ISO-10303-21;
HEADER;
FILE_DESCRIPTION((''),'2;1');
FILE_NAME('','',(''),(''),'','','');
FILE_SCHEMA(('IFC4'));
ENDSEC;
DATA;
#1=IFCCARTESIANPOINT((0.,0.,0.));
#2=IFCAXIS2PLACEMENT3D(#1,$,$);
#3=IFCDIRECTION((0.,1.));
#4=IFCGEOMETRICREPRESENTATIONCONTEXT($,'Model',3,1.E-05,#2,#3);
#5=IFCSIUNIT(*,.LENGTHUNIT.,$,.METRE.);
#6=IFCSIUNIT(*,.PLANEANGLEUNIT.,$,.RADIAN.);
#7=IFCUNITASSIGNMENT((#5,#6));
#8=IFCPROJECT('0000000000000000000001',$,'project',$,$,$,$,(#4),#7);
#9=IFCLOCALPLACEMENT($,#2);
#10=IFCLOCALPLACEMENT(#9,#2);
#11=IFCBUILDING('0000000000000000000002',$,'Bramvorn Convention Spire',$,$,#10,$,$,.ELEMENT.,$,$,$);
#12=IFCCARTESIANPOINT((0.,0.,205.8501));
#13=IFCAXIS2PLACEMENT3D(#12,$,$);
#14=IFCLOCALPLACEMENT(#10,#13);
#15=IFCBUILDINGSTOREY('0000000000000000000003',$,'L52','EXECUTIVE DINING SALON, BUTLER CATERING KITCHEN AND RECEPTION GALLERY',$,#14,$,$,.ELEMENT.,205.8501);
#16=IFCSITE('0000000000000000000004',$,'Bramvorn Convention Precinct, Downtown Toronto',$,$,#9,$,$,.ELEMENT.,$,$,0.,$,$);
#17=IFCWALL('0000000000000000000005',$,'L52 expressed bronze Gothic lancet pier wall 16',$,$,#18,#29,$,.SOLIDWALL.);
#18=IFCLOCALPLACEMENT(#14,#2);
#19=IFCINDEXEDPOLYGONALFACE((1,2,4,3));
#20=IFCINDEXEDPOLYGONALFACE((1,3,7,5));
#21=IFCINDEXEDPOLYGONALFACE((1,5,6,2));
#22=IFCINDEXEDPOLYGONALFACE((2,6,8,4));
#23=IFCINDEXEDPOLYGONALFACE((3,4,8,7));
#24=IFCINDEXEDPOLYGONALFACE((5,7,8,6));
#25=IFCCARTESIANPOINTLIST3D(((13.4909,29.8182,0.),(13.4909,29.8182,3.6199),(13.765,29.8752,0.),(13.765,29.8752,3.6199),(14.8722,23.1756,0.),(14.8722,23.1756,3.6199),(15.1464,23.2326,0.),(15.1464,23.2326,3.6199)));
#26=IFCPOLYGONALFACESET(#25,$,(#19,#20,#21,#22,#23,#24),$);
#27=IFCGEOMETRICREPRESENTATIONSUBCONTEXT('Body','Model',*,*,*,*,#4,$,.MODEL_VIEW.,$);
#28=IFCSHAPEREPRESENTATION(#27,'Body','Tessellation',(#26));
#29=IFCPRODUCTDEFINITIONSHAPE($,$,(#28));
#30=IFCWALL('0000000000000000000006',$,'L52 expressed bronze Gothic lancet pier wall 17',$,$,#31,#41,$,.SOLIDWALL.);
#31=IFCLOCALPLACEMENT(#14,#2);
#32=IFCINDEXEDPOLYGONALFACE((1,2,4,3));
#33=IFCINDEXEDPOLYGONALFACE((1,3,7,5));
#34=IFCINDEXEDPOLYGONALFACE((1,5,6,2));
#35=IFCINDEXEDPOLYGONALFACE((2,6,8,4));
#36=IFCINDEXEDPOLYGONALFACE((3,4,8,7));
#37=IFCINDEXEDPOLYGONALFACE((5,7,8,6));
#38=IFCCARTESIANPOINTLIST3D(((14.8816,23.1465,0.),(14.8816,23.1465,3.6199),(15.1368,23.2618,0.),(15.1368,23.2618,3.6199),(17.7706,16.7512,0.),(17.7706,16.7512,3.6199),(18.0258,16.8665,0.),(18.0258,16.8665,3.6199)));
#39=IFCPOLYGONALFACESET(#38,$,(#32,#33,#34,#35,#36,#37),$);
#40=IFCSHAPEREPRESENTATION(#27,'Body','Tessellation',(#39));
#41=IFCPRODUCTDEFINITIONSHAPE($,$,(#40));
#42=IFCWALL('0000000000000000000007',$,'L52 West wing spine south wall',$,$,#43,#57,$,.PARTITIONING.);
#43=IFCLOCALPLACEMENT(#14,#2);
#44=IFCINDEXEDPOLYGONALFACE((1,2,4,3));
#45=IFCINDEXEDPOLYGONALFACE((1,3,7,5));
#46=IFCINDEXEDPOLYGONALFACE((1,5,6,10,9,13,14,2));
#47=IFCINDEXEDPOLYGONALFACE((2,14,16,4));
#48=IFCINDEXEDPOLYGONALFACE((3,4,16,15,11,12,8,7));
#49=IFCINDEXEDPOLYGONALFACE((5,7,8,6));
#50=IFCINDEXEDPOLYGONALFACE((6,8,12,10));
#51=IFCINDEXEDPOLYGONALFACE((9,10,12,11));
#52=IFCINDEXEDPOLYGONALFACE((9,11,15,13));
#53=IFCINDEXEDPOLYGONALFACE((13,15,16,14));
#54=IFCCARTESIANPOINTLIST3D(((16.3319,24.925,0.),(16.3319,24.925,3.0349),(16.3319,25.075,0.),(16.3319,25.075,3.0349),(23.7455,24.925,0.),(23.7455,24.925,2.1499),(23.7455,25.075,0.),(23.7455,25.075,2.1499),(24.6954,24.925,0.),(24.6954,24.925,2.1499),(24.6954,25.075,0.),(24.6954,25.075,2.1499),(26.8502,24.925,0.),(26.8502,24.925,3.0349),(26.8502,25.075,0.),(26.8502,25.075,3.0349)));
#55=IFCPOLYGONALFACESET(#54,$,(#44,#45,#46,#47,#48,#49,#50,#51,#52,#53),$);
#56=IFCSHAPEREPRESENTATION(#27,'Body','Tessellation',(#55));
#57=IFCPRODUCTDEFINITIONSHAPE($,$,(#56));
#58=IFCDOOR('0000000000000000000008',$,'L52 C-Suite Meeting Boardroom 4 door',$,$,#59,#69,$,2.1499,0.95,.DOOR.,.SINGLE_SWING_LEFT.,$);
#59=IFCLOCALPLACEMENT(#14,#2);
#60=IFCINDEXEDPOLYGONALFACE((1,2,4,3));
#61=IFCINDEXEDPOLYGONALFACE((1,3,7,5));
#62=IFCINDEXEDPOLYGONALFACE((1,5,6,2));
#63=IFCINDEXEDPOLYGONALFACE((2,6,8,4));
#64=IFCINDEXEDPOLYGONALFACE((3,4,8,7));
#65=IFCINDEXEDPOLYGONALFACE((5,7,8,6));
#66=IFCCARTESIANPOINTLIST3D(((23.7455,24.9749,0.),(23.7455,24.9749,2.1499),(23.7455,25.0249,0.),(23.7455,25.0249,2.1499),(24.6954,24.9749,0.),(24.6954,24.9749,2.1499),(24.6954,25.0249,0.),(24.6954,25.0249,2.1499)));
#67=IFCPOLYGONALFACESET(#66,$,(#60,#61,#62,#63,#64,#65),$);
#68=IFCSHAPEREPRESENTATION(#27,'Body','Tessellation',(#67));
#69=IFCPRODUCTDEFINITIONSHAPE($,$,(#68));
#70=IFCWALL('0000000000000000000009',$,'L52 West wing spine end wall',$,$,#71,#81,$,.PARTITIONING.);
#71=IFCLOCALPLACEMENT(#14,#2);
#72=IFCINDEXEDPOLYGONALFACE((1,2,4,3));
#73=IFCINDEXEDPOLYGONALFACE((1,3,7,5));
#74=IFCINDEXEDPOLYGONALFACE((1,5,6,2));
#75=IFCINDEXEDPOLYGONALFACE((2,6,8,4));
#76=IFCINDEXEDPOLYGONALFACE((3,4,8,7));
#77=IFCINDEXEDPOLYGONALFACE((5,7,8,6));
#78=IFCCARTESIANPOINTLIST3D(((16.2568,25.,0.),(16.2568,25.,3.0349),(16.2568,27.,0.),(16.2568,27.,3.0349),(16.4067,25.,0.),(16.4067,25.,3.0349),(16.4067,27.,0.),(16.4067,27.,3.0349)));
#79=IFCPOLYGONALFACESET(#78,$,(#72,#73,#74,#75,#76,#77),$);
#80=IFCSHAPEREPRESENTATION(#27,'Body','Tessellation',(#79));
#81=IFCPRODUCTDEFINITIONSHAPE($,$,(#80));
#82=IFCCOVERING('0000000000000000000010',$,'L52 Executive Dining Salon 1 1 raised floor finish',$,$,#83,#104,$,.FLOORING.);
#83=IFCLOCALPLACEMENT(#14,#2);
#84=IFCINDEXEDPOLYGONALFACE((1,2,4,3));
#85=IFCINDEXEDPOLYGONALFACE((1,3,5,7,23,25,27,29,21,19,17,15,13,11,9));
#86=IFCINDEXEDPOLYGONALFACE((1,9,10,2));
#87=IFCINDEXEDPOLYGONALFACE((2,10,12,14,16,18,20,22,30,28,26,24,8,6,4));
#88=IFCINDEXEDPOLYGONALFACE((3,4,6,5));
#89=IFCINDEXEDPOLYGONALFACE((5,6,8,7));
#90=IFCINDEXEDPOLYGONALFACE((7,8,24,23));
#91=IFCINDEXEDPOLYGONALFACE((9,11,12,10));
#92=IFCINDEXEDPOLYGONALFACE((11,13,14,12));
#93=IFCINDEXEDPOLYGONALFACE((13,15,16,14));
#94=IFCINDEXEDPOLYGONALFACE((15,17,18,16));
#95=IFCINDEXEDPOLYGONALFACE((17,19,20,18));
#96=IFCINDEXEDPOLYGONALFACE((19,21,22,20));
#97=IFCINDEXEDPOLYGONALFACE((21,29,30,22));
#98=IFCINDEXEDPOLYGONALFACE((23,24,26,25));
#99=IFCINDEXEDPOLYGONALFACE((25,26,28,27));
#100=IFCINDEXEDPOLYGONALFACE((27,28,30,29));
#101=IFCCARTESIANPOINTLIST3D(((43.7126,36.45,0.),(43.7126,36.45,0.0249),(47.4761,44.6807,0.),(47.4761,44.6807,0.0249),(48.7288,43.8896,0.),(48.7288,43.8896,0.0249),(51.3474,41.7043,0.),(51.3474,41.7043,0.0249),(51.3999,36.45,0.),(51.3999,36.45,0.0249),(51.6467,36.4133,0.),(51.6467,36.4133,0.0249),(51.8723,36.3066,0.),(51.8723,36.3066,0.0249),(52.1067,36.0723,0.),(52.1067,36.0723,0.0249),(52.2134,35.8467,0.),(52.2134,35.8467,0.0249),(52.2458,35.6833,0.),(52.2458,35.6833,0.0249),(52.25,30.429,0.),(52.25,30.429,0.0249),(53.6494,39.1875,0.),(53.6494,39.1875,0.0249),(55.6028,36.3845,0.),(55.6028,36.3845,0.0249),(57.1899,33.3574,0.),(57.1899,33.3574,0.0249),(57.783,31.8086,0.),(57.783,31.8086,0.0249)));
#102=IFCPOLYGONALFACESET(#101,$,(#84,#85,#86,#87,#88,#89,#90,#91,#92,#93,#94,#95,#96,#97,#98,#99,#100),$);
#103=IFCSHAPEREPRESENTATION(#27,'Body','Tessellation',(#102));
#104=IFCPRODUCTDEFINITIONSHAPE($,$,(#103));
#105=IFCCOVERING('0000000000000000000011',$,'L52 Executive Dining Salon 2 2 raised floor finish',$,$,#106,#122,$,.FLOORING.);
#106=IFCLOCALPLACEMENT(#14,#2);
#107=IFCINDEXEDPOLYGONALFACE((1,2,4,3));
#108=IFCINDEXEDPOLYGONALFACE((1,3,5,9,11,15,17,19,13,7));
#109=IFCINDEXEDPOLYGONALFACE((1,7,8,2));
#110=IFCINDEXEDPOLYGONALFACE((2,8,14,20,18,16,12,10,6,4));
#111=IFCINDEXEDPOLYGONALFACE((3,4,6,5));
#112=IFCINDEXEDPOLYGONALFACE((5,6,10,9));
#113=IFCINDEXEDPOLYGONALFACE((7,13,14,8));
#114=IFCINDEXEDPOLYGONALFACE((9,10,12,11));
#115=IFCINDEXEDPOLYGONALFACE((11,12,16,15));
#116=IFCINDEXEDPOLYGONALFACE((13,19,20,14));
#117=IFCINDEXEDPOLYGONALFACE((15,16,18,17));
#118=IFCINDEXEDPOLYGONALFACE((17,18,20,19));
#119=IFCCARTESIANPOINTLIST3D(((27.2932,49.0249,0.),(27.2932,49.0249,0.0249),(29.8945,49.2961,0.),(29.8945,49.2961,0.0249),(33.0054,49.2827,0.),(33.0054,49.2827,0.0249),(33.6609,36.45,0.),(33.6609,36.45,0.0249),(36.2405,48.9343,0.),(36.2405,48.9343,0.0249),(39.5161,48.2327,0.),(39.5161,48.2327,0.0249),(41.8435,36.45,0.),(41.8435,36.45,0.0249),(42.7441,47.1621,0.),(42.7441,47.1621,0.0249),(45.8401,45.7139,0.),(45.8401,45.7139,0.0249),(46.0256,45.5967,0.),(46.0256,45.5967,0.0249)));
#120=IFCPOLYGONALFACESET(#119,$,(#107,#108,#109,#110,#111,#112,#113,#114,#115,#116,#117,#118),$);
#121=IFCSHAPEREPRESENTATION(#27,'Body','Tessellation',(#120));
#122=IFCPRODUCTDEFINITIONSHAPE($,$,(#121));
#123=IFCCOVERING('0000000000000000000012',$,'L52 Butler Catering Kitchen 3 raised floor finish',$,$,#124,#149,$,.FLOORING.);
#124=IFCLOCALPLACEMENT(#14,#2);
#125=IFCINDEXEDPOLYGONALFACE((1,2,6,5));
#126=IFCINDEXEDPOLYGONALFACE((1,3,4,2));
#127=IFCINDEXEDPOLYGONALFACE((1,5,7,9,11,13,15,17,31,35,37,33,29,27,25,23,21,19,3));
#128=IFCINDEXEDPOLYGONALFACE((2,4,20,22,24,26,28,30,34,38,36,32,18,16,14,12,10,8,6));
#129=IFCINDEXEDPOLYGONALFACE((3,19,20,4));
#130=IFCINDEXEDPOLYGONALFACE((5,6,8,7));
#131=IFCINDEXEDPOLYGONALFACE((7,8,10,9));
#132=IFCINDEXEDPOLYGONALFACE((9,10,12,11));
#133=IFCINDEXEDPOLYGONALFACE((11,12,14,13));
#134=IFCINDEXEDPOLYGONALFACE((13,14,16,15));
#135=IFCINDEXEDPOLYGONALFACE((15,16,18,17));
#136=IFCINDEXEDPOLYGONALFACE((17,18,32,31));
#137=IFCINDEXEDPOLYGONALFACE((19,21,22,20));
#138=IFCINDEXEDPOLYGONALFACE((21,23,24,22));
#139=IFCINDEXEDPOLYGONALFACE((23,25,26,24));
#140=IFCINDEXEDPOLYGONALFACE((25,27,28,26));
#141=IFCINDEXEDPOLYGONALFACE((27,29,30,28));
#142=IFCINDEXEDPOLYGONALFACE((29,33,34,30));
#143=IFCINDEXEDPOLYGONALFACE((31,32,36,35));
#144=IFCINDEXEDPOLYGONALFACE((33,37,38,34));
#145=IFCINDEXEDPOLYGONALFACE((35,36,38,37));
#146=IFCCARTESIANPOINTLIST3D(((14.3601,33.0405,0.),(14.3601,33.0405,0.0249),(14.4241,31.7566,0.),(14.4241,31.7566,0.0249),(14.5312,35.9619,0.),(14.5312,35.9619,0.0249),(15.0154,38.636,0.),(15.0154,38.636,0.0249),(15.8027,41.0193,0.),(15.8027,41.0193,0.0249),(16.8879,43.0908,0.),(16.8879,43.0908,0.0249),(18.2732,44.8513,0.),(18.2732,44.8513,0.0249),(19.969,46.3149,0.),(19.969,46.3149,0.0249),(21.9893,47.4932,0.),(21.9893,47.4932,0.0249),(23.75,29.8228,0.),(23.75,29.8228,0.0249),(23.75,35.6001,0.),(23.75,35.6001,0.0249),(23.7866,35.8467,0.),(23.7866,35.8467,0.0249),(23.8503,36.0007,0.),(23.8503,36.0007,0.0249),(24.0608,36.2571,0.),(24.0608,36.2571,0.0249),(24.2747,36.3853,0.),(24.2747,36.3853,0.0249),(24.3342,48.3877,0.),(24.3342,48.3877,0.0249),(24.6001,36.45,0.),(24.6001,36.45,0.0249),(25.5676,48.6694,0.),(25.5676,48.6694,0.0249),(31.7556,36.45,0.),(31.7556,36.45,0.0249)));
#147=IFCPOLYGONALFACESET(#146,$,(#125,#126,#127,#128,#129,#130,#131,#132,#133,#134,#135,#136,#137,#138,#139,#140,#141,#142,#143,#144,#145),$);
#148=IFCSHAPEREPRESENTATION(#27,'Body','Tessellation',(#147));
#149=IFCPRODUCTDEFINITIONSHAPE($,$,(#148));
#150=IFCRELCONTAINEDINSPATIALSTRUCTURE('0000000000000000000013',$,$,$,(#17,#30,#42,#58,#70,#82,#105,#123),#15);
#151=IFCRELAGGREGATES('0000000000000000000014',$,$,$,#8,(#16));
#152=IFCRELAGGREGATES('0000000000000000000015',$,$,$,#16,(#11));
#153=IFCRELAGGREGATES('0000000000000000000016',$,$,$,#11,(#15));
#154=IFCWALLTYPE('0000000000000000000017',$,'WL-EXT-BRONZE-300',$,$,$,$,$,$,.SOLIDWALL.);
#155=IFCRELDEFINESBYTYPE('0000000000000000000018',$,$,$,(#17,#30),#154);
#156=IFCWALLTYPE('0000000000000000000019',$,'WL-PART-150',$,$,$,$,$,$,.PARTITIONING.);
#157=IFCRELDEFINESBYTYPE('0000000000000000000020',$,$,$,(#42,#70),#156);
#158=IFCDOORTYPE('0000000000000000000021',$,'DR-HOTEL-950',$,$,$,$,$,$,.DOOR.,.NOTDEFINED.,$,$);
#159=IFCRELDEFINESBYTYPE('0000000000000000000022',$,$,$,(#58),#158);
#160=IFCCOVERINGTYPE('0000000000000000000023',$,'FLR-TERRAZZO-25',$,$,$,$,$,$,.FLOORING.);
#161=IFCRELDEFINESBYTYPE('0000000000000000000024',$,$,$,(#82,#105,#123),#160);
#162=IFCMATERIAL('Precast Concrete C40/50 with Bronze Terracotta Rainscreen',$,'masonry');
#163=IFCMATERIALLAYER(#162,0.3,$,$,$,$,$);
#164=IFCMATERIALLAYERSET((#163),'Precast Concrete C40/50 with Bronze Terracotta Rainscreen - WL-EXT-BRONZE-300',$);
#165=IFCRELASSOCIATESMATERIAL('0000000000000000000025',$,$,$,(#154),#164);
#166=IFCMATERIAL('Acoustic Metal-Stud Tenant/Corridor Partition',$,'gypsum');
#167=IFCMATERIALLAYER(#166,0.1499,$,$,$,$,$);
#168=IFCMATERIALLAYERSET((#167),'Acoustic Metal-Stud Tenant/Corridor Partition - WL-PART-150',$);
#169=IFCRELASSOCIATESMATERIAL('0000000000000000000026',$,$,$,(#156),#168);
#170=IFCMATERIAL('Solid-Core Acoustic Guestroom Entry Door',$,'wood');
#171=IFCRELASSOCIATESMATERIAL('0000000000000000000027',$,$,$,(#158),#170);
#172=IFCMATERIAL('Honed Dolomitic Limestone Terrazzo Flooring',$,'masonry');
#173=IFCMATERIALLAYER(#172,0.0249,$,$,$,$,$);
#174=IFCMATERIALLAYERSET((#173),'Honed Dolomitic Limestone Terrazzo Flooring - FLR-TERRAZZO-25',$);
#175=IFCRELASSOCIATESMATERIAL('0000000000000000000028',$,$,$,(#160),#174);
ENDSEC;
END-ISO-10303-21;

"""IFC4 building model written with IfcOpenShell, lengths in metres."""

from ifc_helpers import new_model, si_unit, direction, frame, frame_2d, origin, place, context, subcontext, project, spatial, polyline, rectangle, outline, extrude, material, layer, layer_set, type_object, element, fill, save


model = new_model("IFC4")

# Units and contexts
model_context = context("Model", 3, precision=1e-05, world=origin(), true_north=direction((0.0, 1.0)))
body_context = subcontext(model_context, "Body", "Model", "MODEL_VIEW")
ifc_project = project(units=[si_unit("LENGTHUNIT", "METRE"), si_unit("PLANEANGLEUNIT", "RADIAN")], contexts=[model_context])

# Site, building, storey
site_placement = place(None, origin())
site = spatial("IfcSite", under=ifc_project, at=site_placement, Name="Bramvorn Convention Precinct, Downtown Toronto", CompositionType="ELEMENT", RefElevation=0.0)
building_placement = place(site_placement, origin())
building = spatial("IfcBuilding", under=site, at=building_placement, Name="Bramvorn Convention Spire", CompositionType="ELEMENT")
storey_placement = place(building_placement, frame((0.0, 0.0, 205.8501)))
storey = spatial("IfcBuildingStorey", under=building, at=storey_placement, Name="L52", Description="EXECUTIVE DINING SALON, BUTLER CATERING KITCHEN AND RECEPTION GALLERY", CompositionType="ELEMENT", Elevation=205.8501)

# Walls
ifc_material_1 = material(Name="Precast Concrete C40/50 with Bronze Terracotta Rainscreen", Category="masonry")
ifc_layer_1 = layer(ifc_material_1, 0.3)
ifc_layer_set_1 = layer_set([ifc_layer_1], Name="Precast Concrete C40/50 with Bronze Terracotta Rainscreen - WL-EXT-BRONZE-300")
wall_type_1 = type_object("IfcWallType", Name="WL-EXT-BRONZE-300", PredefinedType="SOLIDWALL", material=ifc_layer_set_1)
wall_1_placement = place(storey_placement, frame((15.0093, 23.2041, 0.0), z_axis=(0.0, 0.0, 1.0), x_axis=(-0.203598, 0.979055, 0.0)))
element("IfcWall", 1, at=wall_1_placement, inside=storey, type_object=wall_type_1, Name="L52 expressed bronze Gothic lancet pier wall 16", PredefinedType="SOLIDWALL", context=body_context, shape_type="SweptSolid", body=[
    extrude(rectangle(XDim=6.7847, YDim=0.28, at=frame_2d((3.3923, 0.0))), origin(), (0.0, 0.0, 1.0), 3.6199),
])
wall_2_placement = place(storey_placement, frame((17.8982, 16.8088, 0.0), z_axis=(0.0, 0.0, 1.0), x_axis=(-0.411673, 0.911331, 0.0)))
element("IfcWall", 2, at=wall_2_placement, inside=storey, type_object=wall_type_1, Name="L52 expressed bronze Gothic lancet pier wall 17", PredefinedType="SOLIDWALL", context=body_context, shape_type="SweptSolid", body=[
    extrude(rectangle(XDim=7.0176, YDim=0.28, at=frame_2d((3.5088, 0.0))), origin(), (0.0, 0.0, 1.0), 3.6199),
])

# Wall, opening, door
ifc_material_2 = material(Name="Acoustic Metal-Stud Tenant/Corridor Partition", Category="gypsum")
ifc_layer_2 = layer(ifc_material_2, 0.1499)
ifc_layer_set_2 = layer_set([ifc_layer_2], Name="Acoustic Metal-Stud Tenant/Corridor Partition - WL-PART-150")
wall_type_2 = type_object("IfcWallType", Name="WL-PART-150", PredefinedType="PARTITIONING", material=ifc_layer_set_2)
wall_3_placement = place(storey_placement, frame((16.3318, 25.0, 0.0), z_axis=(0.0, 0.0, 1.0), x_axis=(1.0, 0.0, 0.0)))
wall_3 = element("IfcWall", 3, at=wall_3_placement, inside=storey, type_object=wall_type_2, Name="L52 West wing spine south wall", PredefinedType="PARTITIONING", context=body_context, shape_type="SweptSolid", body=[
    extrude(rectangle(XDim=10.5183, YDim=0.1499, at=frame_2d((5.2593, 0.0))), origin(), (0.0, 0.0, 1.0), 3.0349),
])
opening_1_placement = place(wall_3_placement, frame((7.4136, 0.0, 0.0)))
opening_1 = element("IfcOpeningElement", 4, at=opening_1_placement, cuts=wall_3, PredefinedType="OPENING", context=body_context, shape_type="SweptSolid", body=[
    extrude(rectangle(XDim=0.95, YDim=2.1499, at=frame_2d((0.4751, 1.075))), frame((0.0, 0.085, 0.0), z_axis=(0.0, -1.0, 0.0), x_axis=(1.0, 0.0, 0.0)), (0.0, 0.0, 1.0), 0.1699),
])
ifc_material_3 = material(Name="Solid-Core Acoustic Guestroom Entry Door", Category="wood")
door_type_1 = type_object("IfcDoorType", Name="DR-HOTEL-950", OperationType="NOTDEFINED", PredefinedType="DOOR", material=ifc_material_3)
door_1_placement = place(opening_1_placement, origin())
door_1 = element("IfcDoor", 5, at=door_1_placement, inside=storey, type_object=door_type_1, Name="L52 C-Suite Meeting Boardroom 4 door", OperationType="SINGLE_SWING_LEFT", OverallHeight=2.1499, OverallWidth=0.95, PredefinedType="DOOR", context=body_context, shape_type="SweptSolid", body=[
    extrude(rectangle(XDim=0.95, YDim=2.1499, at=frame_2d((0.4751, 1.075))), frame((0.0, 0.0249, 0.0), z_axis=(0.0, -1.0, 0.0), x_axis=(1.0, 0.0, 0.0)), (0.0, 0.0, 1.0), 0.05),
])
fill(opening_1, door_1)

# Wall
wall_4_placement = place(storey_placement, frame((16.3318, 25.0, 0.0), z_axis=(0.0, 0.0, 1.0), x_axis=(0.0, 1.0, 0.0)))
element("IfcWall", 6, at=wall_4_placement, inside=storey, type_object=wall_type_2, Name="L52 West wing spine end wall", PredefinedType="PARTITIONING", context=body_context, shape_type="SweptSolid", body=[
    extrude(rectangle(XDim=2.0, YDim=0.1499, at=frame_2d((1.0, 0.0))), origin(), (0.0, 0.0, 1.0), 3.0349),
])

# Coverings
ifc_material_4 = material(Name="Honed Dolomitic Limestone Terrazzo Flooring", Category="masonry")
ifc_layer_3 = layer(ifc_material_4, 0.0249)
ifc_layer_set_3 = layer_set([ifc_layer_3], Name="Honed Dolomitic Limestone Terrazzo Flooring - FLR-TERRAZZO-25")
covering_type = type_object("IfcCoveringType", Name="FLR-TERRAZZO-25", PredefinedType="FLOORING", material=ifc_layer_set_3)
covering_1_placement = place(storey_placement, origin())
element("IfcCovering", 7, at=covering_1_placement, inside=storey, type_object=covering_type, Name="L52 Executive Dining Salon 1 1 raised floor finish", PredefinedType="FLOORING", context=body_context, shape_type="SweptSolid", body=[
    extrude(outline(polyline([(48.7288, 43.8896), (47.4761, 44.6807), (43.7126, 36.45), (51.3999, 36.45), (51.6467, 36.4133), (51.8723, 36.3066), (52.1067, 36.0723), (52.2134, 35.8467), (52.2458, 35.6833), (52.25, 30.429), (57.783, 31.8086), (57.1899, 33.3574), (55.6028, 36.3845), (53.6494, 39.1875), (51.3474, 41.7043), (48.7288, 43.8896)])), origin(), (0.0, 0.0, 1.0), 0.0249),
])
covering_2_placement = place(storey_placement, origin())
element("IfcCovering", 8, at=covering_2_placement, inside=storey, type_object=covering_type, Name="L52 Executive Dining Salon 2 2 raised floor finish", PredefinedType="FLOORING", context=body_context, shape_type="SweptSolid", body=[
    extrude(outline(polyline([(33.6609, 36.45), (41.8435, 36.45), (46.0256, 45.5967), (45.8401, 45.7139), (42.7441, 47.1621), (39.5161, 48.2327), (36.2405, 48.9343), (33.0054, 49.2827), (29.8945, 49.2961), (27.2932, 49.0249), (33.6609, 36.45)])), origin(), (0.0, 0.0, 1.0), 0.0249),
])
covering_3_placement = place(storey_placement, origin())
element("IfcCovering", 9, at=covering_3_placement, inside=storey, type_object=covering_type, Name="L52 Butler Catering Kitchen 3 raised floor finish", PredefinedType="FLOORING", context=body_context, shape_type="SweptSolid", body=[
    extrude(outline(polyline([(14.3601, 33.0405), (14.4241, 31.7566), (23.75, 29.8228), (23.75, 35.6001), (23.7866, 35.8467), (23.8503, 36.0007), (24.0608, 36.2571), (24.2747, 36.3853), (24.6001, 36.45), (31.7556, 36.45), (25.5676, 48.6694), (24.3342, 48.3877), (21.9893, 47.4932), (19.969, 46.3149), (18.2732, 44.8513), (16.8879, 43.0908), (15.8027, 41.0193), (15.0154, 38.636), (14.5312, 35.9619), (14.3601, 33.0405)])), origin(), (0.0, 0.0, 1.0), 0.0249),
])

save(model, "model.ifc")
